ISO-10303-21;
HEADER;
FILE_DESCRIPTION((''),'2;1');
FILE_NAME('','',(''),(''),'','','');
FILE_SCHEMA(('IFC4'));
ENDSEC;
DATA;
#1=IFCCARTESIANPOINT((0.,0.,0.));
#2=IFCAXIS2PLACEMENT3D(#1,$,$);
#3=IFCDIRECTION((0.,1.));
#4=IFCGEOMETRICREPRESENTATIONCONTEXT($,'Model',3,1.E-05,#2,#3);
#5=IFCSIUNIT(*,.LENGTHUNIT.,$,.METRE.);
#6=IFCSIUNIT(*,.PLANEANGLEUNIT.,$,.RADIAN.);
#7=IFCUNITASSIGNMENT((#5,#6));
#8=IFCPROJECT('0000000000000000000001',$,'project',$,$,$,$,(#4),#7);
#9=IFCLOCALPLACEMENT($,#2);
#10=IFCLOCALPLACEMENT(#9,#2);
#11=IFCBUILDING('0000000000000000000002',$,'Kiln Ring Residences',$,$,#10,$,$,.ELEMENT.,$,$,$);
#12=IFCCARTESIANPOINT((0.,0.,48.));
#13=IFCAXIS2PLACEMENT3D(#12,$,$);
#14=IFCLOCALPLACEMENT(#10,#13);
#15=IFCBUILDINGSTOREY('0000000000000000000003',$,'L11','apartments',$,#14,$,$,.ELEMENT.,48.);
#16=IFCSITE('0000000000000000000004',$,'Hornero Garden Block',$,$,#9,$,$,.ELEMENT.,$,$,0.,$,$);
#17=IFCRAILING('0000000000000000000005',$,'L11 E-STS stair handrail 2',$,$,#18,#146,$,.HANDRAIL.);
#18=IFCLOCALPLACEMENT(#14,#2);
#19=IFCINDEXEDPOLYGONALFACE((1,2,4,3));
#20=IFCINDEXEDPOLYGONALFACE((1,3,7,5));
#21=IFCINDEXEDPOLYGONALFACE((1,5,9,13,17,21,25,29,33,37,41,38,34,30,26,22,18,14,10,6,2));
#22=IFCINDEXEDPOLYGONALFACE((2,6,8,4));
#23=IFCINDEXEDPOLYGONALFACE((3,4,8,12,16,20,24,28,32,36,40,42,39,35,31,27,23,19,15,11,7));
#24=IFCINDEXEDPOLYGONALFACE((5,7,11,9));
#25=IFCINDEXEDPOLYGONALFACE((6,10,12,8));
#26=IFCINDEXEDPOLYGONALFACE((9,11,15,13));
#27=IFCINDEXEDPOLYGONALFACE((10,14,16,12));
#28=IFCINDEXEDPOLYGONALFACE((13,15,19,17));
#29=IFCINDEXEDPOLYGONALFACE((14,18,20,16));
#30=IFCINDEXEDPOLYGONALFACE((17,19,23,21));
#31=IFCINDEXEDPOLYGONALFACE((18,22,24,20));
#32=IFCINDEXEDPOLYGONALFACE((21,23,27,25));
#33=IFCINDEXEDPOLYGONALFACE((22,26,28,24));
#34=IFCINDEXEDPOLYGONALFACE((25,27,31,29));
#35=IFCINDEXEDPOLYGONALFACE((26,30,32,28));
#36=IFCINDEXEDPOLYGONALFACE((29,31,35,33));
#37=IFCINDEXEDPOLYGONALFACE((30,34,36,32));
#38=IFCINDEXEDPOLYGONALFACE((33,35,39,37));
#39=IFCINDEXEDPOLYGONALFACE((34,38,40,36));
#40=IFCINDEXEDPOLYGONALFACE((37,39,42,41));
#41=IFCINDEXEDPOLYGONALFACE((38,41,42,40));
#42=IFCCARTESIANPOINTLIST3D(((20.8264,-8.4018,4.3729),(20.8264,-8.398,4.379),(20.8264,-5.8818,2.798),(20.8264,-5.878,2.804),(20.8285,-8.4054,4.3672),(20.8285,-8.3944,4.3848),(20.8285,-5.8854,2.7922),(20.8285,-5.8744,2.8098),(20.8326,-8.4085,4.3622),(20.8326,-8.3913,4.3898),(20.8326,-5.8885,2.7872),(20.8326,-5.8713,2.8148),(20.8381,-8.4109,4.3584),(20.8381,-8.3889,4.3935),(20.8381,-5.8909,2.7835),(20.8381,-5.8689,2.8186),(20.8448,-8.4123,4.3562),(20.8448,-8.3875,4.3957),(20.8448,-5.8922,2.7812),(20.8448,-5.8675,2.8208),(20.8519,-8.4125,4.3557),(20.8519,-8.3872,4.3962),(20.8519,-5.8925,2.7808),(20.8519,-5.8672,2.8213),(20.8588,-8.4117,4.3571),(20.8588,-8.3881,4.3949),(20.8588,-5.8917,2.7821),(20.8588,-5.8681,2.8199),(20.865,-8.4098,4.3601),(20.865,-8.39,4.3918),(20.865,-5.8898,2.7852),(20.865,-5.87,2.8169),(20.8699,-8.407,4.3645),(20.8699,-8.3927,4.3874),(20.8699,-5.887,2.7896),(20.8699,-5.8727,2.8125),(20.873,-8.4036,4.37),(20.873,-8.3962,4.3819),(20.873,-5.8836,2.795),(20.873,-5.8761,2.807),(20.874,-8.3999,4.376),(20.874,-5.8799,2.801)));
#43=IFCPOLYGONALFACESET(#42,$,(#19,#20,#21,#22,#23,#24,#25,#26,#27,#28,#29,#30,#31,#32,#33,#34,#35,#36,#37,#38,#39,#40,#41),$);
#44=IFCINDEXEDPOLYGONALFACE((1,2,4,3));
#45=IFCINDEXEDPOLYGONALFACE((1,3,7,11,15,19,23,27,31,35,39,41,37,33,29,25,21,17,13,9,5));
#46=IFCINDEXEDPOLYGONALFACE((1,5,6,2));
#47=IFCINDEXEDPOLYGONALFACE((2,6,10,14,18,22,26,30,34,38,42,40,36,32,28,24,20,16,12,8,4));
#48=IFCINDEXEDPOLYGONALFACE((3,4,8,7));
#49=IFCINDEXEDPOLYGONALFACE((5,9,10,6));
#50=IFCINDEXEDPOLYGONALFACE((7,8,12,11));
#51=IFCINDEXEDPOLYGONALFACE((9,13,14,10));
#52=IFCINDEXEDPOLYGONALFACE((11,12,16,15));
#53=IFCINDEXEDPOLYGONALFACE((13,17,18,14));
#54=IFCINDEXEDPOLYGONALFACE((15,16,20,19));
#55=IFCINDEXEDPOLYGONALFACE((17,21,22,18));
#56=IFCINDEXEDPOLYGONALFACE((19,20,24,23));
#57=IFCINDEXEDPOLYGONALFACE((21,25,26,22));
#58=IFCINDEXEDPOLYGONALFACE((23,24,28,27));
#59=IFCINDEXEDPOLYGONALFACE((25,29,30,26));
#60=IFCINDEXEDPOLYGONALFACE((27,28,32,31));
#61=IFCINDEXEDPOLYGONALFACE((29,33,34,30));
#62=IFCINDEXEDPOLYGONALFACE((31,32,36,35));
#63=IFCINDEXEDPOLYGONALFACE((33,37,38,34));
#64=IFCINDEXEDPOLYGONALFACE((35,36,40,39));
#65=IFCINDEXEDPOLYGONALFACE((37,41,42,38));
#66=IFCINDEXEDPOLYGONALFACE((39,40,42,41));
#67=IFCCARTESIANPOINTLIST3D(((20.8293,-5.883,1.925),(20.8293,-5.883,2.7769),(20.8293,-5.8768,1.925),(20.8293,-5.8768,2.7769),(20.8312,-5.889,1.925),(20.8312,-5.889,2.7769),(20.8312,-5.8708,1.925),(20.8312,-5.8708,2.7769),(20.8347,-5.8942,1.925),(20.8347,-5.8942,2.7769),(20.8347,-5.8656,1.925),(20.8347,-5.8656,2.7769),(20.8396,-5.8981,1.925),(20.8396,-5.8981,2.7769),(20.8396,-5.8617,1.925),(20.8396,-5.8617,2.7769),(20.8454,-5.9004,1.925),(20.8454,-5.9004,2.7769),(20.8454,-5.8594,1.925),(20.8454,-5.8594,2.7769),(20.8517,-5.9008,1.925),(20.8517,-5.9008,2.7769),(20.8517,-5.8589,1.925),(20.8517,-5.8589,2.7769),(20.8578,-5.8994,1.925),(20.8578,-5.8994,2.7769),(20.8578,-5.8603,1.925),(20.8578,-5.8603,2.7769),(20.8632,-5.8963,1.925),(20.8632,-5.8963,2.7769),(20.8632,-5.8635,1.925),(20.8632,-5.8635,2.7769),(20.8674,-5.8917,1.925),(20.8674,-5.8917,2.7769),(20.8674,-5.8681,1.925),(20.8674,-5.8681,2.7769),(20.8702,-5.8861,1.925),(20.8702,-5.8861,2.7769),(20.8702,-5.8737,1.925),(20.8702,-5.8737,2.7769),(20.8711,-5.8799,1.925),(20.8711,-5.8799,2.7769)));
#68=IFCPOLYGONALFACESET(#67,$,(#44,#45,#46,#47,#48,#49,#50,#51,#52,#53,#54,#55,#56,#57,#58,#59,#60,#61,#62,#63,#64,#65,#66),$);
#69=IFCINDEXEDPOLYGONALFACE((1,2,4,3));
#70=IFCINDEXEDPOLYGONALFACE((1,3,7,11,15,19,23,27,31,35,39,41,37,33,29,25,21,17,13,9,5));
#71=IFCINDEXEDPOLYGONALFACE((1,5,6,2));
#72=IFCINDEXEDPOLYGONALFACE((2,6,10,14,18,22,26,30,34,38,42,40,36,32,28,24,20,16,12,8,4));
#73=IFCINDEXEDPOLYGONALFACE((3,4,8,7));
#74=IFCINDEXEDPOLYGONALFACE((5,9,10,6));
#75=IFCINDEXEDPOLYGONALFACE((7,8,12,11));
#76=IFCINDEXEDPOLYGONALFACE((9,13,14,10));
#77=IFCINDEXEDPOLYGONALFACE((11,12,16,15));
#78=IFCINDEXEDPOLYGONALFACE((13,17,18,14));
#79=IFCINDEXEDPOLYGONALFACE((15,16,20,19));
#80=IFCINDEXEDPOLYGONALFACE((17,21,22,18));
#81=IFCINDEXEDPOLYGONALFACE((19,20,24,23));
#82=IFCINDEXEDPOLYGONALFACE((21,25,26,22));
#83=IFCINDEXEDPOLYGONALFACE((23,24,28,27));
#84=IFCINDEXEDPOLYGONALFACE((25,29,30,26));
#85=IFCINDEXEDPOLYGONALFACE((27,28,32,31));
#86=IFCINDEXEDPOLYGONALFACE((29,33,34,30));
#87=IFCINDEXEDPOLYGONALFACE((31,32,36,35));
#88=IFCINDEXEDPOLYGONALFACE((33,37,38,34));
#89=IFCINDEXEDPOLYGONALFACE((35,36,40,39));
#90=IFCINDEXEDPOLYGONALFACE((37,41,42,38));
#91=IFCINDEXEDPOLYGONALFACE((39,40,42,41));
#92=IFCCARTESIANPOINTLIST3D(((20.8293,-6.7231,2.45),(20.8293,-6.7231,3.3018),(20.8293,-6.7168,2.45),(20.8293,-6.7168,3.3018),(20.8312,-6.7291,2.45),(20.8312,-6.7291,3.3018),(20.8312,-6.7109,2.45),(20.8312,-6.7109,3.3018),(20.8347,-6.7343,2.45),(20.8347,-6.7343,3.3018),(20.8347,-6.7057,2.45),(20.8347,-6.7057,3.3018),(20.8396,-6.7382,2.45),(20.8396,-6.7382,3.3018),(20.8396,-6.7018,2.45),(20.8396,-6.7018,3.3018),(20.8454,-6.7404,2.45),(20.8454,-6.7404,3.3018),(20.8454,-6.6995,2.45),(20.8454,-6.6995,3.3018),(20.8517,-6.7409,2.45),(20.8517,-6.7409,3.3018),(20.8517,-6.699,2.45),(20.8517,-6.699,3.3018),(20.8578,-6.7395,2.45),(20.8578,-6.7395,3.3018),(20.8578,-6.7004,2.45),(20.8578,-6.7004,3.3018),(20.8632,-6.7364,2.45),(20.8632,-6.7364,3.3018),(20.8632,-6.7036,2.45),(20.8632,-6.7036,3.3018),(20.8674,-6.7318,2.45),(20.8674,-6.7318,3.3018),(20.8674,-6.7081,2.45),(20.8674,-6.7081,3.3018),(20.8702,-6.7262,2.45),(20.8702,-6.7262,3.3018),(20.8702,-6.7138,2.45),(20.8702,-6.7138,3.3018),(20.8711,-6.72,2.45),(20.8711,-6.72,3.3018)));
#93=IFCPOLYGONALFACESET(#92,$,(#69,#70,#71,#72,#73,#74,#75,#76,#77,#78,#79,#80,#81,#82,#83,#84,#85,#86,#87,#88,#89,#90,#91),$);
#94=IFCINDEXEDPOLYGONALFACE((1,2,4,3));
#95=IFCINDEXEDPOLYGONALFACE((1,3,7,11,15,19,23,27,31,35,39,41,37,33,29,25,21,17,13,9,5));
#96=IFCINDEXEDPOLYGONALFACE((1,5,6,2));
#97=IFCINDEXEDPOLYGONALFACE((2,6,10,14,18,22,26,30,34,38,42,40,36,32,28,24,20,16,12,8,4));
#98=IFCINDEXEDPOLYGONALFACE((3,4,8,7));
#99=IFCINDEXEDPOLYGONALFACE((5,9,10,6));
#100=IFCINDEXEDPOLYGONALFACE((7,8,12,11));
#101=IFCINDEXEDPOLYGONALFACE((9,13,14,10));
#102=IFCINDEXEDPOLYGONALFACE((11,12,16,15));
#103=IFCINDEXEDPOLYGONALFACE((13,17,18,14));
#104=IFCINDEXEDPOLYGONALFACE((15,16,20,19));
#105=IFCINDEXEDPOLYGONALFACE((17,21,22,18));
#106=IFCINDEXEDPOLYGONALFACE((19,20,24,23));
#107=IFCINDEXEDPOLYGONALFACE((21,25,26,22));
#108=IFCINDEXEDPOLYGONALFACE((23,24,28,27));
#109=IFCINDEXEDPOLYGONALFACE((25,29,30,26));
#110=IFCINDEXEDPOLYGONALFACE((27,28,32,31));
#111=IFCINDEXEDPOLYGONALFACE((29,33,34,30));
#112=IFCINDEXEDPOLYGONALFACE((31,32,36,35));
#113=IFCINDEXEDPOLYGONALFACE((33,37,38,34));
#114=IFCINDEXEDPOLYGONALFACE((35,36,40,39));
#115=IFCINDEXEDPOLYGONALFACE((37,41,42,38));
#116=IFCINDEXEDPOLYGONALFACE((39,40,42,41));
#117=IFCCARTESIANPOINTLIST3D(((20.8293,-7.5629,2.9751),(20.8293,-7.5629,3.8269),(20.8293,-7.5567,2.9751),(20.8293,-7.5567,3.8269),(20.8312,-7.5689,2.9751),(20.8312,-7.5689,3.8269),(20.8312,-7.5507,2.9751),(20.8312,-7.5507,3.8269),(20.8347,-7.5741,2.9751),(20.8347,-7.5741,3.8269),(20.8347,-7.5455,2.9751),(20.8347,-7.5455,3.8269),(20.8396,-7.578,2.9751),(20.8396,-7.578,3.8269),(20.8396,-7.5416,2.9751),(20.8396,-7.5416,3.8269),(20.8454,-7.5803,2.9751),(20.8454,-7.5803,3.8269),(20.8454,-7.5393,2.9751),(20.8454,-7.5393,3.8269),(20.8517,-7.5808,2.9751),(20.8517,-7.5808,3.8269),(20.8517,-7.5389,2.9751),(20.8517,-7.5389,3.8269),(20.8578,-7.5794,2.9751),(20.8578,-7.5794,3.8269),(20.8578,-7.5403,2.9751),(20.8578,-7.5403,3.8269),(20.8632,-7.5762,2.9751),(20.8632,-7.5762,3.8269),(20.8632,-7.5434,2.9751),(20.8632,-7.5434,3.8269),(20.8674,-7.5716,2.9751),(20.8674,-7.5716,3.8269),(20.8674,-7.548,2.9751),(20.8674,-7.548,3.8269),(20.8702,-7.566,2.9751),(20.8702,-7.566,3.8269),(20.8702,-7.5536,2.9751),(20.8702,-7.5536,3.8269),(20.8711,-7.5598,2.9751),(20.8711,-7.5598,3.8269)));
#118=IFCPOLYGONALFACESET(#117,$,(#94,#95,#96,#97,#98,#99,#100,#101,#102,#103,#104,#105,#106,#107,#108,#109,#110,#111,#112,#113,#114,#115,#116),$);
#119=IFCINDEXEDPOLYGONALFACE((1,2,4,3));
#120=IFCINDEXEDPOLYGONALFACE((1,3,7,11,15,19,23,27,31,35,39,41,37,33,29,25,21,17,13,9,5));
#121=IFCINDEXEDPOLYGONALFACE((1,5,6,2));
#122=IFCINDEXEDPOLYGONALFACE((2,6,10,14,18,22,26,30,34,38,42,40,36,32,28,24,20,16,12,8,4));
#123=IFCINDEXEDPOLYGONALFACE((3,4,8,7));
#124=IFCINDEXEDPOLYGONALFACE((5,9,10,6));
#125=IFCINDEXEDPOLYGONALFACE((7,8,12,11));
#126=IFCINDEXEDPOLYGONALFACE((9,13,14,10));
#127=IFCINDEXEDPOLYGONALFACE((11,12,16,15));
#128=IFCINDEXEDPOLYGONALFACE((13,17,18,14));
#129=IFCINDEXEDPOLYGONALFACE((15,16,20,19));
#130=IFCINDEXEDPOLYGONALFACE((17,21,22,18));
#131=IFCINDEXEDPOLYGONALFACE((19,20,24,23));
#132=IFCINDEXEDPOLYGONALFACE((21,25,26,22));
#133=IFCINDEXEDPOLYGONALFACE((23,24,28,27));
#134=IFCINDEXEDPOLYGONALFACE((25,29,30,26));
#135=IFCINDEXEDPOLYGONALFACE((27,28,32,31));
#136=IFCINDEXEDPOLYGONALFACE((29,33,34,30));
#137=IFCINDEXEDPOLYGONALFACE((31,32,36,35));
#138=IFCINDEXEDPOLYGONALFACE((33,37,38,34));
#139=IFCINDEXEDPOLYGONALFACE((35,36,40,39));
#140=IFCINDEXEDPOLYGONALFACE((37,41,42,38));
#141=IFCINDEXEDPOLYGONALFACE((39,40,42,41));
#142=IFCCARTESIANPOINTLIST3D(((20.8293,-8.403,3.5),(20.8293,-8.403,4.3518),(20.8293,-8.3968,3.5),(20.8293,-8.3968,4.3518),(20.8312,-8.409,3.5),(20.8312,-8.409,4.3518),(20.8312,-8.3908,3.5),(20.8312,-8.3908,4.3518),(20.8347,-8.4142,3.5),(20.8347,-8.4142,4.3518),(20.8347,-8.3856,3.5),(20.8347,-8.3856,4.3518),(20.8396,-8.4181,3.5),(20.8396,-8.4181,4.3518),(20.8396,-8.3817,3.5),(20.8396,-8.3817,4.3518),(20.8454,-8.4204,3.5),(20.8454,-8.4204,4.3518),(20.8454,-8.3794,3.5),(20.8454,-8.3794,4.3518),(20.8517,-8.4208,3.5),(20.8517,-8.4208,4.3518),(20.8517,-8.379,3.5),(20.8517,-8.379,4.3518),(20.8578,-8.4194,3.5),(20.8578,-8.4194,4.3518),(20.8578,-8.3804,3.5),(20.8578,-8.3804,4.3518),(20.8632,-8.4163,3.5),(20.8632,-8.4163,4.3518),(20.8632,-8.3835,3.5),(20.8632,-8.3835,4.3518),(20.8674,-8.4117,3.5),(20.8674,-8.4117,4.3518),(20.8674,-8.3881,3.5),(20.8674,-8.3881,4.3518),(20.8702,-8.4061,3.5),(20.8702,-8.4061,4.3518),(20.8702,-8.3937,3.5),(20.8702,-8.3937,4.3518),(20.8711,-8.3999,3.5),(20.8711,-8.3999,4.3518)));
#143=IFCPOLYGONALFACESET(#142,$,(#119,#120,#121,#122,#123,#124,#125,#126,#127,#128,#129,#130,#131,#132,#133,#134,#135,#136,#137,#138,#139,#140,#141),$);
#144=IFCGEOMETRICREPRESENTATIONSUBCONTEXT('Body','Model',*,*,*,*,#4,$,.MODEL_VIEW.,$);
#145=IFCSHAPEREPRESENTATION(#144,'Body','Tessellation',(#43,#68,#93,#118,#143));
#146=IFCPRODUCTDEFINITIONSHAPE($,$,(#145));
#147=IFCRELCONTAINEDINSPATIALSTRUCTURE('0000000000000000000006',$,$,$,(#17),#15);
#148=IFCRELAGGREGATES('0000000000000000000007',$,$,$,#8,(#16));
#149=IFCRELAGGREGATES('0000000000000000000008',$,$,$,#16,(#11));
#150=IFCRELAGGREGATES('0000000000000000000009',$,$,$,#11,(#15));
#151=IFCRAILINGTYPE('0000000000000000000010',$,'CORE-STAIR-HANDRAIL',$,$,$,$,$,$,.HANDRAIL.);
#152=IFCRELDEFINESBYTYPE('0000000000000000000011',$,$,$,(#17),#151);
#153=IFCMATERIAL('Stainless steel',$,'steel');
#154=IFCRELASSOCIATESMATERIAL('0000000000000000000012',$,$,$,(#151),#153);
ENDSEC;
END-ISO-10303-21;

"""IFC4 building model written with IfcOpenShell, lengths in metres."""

from ifc_helpers import new_model, si_unit, direction, frame, origin, origin_2d, place, context, subcontext, project, spatial, circle, extrude, material, type_object, element, save


model = new_model("IFC4")

# Units and contexts
model_context = context("Model", 3, precision=1e-05, world=origin(), true_north=direction((0.0, 1.0)))
body_context = subcontext(model_context, "Body", "Model", "MODEL_VIEW")
ifc_project = project(units=[si_unit("LENGTHUNIT", "METRE"), si_unit("PLANEANGLEUNIT", "RADIAN")], contexts=[model_context])

# Site, building, storey
site_placement = place(None, origin())
site = spatial("IfcSite", under=ifc_project, at=site_placement, Name="Hornero Garden Block", CompositionType="ELEMENT", RefElevation=0.0)
building_placement = place(site_placement, origin())
building = spatial("IfcBuilding", under=site, at=building_placement, Name="Kiln Ring Residences", CompositionType="ELEMENT")
storey_placement = place(building_placement, frame((0.0, 0.0, 48.0)))
storey = spatial("IfcBuildingStorey", under=building, at=storey_placement, Name="L11", Description="apartments", CompositionType="ELEMENT", Elevation=48.0)

# Railing
ifc_material_1 = material(Name="Stainless steel", Category="steel")
railing_type_1 = type_object("IfcRailingType", Name="CORE-STAIR-HANDRAIL", PredefinedType="HANDRAIL", material=ifc_material_1)
railing_1_placement = place(storey_placement, frame((20.8501, -5.8799, 1.925)))
element("IfcRailing", 1, at=railing_1_placement, inside=storey, type_object=railing_type_1, Name="L11 E-STS stair handrail 2", PredefinedType="HANDRAIL", context=body_context, shape_type="SweptSolid", body=[
    extrude(circle(Radius=0.0239, at=origin_2d()), frame((0.0, 0.0, 0.876), z_axis=(0.0, -0.848008, 0.529984), x_axis=(1.0, 0.0, 0.0)), (0.0, 0.0, 1.0), 2.9717),
    extrude(circle(Radius=0.021, at=origin_2d()), origin(), (0.0, 0.0, 1.0), 0.8518),
    extrude(circle(Radius=0.021, at=origin_2d()), frame((0.0, -0.8401, 0.5249)), (0.0, 0.0, 1.0), 0.8518),
    extrude(circle(Radius=0.021, at=origin_2d()), frame((0.0, -1.6799, 1.05)), (0.0, 0.0, 1.0), 0.8518),
    extrude(circle(Radius=0.021, at=origin_2d()), frame((0.0, -2.52, 1.575)), (0.0, 0.0, 1.0), 0.8518),
])

save(model, "model.ifc")
